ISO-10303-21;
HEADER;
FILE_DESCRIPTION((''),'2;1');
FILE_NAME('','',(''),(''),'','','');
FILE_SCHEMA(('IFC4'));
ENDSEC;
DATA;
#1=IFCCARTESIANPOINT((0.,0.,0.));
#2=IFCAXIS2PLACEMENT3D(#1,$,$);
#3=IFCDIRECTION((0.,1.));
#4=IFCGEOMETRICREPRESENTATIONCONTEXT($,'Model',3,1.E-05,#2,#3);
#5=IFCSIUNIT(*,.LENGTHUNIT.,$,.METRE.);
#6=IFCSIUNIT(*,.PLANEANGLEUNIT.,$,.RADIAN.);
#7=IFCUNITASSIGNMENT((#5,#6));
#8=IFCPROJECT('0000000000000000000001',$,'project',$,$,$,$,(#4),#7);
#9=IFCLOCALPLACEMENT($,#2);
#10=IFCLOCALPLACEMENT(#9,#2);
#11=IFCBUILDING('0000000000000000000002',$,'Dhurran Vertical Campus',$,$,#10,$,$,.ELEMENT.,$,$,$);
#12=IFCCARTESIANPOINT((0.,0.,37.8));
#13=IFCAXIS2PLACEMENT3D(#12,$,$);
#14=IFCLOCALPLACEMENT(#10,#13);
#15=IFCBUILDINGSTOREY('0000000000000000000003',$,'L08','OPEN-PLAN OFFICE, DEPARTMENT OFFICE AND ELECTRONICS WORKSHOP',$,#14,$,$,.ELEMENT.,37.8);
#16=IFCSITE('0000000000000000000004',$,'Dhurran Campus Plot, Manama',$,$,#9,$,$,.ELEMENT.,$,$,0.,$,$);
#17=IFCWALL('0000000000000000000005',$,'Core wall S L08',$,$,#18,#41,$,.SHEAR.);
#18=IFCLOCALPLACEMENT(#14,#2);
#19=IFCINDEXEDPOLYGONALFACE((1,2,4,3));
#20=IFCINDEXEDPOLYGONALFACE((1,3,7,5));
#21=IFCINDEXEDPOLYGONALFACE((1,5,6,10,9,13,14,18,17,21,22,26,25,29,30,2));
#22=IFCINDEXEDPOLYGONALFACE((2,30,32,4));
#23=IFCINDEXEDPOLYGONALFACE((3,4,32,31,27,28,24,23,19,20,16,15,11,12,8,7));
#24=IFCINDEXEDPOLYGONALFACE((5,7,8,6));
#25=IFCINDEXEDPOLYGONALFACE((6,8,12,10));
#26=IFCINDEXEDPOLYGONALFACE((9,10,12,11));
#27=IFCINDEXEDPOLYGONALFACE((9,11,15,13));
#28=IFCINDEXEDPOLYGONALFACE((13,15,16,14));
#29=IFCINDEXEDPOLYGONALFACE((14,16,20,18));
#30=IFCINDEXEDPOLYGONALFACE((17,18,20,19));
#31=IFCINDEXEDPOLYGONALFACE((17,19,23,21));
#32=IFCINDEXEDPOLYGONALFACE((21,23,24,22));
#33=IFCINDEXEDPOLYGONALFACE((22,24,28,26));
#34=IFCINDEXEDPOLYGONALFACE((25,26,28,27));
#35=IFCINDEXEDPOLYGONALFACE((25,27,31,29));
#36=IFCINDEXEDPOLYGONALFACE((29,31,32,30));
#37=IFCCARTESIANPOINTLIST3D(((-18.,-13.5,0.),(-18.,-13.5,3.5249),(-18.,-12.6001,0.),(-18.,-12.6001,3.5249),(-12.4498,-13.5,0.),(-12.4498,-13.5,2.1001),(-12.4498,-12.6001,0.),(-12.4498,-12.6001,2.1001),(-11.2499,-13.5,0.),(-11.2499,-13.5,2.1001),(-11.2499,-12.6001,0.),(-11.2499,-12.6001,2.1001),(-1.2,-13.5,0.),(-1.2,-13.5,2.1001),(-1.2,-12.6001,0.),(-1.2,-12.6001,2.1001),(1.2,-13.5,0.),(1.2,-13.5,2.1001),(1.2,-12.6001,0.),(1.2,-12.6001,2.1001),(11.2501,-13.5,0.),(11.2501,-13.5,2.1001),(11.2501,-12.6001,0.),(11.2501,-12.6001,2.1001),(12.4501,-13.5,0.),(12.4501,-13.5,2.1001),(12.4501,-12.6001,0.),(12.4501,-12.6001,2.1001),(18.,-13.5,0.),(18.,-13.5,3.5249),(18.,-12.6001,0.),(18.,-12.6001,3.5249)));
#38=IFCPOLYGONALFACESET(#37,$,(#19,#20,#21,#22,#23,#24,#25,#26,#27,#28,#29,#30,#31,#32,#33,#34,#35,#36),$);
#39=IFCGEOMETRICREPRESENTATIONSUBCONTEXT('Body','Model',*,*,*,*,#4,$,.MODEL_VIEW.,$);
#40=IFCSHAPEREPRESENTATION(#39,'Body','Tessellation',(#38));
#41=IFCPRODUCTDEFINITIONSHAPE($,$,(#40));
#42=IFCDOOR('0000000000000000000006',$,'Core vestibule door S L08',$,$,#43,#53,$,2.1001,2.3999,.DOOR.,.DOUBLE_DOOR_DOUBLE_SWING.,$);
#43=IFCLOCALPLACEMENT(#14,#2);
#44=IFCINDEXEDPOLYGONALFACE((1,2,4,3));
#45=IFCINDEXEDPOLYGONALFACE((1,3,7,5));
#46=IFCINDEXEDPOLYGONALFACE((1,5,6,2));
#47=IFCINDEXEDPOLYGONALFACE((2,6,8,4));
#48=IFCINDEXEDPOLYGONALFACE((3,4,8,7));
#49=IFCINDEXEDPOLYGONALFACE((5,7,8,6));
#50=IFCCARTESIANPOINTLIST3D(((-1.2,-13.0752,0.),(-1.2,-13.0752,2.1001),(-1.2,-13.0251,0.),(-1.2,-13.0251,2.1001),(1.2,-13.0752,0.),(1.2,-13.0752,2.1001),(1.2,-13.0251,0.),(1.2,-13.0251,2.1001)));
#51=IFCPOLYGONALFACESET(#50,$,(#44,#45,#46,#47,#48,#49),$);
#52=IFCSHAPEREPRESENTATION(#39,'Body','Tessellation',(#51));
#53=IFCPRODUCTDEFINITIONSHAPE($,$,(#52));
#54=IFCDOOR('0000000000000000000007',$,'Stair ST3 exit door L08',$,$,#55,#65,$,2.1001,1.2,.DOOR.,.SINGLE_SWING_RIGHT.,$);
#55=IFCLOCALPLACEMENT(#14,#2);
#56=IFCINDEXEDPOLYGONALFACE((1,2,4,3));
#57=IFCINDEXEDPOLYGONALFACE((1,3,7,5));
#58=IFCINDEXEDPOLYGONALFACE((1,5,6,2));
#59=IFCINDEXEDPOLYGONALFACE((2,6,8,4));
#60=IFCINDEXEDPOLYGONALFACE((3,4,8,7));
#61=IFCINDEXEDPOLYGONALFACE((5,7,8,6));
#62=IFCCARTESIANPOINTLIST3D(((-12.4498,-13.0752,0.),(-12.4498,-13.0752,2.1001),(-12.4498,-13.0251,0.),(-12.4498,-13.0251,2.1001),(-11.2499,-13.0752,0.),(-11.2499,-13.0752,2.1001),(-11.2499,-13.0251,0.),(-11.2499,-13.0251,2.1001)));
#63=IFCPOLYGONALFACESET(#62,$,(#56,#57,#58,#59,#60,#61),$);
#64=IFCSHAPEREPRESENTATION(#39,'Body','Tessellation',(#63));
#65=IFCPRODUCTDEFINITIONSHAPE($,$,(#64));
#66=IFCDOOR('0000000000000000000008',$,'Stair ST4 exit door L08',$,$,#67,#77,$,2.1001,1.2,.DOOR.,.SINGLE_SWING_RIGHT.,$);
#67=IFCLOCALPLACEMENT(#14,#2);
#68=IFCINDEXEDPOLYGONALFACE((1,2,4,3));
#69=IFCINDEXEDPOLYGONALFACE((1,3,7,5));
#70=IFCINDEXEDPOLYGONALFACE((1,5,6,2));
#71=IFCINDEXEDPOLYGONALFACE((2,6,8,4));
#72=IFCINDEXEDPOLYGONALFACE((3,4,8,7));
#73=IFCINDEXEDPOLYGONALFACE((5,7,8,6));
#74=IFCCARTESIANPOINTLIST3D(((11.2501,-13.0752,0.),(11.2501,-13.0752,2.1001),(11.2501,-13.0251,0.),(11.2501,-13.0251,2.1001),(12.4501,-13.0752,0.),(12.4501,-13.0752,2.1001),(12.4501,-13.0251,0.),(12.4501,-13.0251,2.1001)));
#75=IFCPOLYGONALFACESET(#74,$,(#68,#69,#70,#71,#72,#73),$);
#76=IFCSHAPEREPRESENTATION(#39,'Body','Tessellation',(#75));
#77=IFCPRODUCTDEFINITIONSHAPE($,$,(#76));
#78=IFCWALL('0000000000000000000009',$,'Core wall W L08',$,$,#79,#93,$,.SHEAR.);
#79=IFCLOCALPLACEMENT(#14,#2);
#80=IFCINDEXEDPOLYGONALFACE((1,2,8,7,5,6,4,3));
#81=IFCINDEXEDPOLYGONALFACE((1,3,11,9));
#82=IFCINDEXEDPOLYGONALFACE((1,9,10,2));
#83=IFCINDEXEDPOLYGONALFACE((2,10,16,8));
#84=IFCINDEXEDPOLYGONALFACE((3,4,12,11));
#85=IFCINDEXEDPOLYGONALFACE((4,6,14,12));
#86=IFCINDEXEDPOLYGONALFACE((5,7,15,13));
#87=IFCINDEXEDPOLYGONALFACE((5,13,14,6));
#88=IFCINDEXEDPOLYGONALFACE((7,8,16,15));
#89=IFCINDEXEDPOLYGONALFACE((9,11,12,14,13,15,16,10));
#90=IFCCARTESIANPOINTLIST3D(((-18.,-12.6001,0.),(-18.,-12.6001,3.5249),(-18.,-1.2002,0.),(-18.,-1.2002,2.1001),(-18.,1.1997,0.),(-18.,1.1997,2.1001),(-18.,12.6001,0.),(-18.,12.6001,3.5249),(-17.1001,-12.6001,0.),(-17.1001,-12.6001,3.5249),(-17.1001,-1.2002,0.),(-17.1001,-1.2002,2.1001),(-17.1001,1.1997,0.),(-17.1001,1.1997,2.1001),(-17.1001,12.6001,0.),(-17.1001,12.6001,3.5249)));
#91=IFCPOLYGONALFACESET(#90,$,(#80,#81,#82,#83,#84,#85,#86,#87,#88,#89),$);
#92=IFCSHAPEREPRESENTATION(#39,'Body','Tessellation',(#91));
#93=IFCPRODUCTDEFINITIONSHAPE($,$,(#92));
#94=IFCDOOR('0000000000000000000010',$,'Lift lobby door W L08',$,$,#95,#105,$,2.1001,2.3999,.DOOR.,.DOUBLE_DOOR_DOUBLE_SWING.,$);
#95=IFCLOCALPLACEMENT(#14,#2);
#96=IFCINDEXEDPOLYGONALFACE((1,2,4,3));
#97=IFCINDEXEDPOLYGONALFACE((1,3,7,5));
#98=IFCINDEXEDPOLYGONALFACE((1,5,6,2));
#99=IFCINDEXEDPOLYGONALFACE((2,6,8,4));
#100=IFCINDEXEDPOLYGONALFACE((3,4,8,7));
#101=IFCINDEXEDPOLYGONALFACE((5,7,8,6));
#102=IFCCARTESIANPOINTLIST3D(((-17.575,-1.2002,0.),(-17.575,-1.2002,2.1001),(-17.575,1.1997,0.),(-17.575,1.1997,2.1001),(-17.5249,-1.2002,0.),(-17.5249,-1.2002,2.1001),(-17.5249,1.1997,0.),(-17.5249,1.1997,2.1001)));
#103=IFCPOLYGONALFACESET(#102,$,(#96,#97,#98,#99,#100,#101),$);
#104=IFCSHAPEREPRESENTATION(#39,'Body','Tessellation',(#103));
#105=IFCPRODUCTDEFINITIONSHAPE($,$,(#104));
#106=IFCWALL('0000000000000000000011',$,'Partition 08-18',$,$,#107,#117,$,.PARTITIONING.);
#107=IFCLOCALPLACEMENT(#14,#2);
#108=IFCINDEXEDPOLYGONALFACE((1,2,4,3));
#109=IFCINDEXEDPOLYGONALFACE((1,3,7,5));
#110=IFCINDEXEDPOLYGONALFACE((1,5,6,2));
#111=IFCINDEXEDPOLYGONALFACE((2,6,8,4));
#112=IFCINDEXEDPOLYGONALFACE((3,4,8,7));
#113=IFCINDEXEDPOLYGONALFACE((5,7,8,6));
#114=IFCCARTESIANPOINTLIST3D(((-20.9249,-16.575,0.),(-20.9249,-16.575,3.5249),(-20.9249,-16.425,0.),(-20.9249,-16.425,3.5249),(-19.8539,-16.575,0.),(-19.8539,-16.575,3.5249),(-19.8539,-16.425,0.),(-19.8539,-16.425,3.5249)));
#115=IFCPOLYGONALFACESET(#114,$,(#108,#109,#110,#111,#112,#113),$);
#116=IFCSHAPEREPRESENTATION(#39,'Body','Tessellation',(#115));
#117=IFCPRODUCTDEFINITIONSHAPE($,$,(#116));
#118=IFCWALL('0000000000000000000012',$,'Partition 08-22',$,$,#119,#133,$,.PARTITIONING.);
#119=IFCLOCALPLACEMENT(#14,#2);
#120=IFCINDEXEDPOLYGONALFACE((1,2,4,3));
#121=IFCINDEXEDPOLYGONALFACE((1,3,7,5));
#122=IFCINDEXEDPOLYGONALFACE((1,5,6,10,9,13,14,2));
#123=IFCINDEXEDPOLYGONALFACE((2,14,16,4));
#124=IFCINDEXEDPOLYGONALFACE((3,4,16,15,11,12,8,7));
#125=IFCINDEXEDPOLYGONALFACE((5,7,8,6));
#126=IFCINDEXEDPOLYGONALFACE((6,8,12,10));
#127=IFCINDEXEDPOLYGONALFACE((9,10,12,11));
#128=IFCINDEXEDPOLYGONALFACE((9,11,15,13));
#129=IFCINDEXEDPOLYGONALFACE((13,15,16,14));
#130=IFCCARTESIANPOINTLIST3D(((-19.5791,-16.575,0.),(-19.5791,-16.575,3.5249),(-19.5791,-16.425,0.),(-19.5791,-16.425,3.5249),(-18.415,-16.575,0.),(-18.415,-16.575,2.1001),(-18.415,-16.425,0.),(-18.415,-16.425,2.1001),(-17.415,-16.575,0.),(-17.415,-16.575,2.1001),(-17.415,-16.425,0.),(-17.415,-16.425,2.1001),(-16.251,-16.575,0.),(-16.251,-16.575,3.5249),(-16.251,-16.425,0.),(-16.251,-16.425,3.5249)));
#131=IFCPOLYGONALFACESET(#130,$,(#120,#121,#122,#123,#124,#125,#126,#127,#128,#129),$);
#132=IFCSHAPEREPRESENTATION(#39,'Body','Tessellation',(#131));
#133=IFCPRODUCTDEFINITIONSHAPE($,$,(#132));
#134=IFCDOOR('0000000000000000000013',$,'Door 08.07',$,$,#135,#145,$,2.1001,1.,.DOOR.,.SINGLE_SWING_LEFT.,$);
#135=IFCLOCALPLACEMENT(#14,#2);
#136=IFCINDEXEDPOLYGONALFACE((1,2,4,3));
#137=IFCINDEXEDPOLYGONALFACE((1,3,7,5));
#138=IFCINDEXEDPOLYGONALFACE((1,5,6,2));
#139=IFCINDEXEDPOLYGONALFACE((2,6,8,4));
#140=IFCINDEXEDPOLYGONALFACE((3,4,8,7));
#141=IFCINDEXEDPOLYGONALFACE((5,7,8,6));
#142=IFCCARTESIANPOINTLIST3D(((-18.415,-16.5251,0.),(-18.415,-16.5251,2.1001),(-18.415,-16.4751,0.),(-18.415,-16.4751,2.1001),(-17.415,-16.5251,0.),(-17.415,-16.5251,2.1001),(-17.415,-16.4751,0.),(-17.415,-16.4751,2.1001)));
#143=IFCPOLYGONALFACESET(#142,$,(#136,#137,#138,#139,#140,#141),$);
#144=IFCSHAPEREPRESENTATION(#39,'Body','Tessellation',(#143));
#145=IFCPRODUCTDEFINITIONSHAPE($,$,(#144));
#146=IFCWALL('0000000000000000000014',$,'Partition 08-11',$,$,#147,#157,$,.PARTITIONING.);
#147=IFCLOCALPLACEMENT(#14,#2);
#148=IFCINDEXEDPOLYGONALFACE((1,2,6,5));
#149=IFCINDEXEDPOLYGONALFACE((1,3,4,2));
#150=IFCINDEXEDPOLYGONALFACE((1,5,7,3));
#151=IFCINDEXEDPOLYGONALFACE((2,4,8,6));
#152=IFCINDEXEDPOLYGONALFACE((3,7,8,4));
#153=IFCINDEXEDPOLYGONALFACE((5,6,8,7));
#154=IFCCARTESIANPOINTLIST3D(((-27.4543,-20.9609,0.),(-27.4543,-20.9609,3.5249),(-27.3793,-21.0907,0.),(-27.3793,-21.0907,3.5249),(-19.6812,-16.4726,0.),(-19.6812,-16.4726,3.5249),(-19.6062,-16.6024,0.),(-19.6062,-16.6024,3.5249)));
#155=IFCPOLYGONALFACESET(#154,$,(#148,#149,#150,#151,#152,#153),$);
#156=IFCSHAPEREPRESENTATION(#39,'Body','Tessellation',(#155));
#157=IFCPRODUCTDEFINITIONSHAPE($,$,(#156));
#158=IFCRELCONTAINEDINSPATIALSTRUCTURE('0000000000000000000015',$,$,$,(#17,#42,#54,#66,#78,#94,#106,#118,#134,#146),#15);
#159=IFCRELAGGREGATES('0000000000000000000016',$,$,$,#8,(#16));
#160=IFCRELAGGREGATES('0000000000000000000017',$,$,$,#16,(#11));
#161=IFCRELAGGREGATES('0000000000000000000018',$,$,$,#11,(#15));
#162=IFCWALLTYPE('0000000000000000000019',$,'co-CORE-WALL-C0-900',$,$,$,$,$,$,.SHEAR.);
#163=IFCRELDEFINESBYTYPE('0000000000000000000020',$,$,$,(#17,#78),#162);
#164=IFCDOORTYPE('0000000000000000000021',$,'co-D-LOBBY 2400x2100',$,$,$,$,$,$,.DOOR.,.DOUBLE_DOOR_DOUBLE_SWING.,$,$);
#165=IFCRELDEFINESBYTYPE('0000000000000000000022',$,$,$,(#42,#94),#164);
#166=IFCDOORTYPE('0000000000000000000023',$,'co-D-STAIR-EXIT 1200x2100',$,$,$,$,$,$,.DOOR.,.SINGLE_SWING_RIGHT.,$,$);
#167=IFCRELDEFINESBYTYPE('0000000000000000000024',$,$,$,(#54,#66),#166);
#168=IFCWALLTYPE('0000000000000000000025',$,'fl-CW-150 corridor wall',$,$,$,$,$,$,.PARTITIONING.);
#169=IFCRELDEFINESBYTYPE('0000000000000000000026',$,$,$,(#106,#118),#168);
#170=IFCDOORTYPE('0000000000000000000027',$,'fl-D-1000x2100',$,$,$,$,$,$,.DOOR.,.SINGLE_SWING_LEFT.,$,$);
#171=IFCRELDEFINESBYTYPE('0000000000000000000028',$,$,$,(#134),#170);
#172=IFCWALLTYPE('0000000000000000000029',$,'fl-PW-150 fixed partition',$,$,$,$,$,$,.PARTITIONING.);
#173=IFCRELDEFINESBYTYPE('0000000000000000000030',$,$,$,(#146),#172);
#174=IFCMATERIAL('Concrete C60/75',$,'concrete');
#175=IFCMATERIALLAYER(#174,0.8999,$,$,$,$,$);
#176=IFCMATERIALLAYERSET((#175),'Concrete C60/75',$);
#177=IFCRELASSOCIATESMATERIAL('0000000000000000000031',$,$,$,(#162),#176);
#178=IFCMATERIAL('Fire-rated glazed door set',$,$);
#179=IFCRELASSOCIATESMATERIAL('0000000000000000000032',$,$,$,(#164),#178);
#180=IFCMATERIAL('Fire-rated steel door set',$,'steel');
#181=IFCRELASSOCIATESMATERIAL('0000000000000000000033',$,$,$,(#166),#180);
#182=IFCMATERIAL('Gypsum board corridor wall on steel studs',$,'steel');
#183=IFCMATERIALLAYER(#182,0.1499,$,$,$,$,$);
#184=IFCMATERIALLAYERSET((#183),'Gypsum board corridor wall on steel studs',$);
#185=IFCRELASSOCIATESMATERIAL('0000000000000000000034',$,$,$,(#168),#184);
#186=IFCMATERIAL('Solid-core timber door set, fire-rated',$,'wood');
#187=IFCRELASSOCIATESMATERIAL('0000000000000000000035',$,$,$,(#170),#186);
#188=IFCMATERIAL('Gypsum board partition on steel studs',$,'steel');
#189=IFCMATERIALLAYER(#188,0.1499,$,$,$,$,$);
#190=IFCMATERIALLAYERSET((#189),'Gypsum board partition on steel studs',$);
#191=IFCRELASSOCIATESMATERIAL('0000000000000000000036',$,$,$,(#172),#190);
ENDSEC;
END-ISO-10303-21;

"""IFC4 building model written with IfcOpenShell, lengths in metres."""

from ifc_helpers import new_model, si_unit, direction, frame, frame_2d, origin, place, context, subcontext, project, spatial, rectangle, extrude, material, layer, layer_set, type_object, element, fill, save


model = new_model("IFC4")

# Units and contexts
model_context = context("Model", 3, precision=1e-05, world=origin(), true_north=direction((0.0, 1.0)))
body_context = subcontext(model_context, "Body", "Model", "MODEL_VIEW")
ifc_project = project(units=[si_unit("LENGTHUNIT", "METRE"), si_unit("PLANEANGLEUNIT", "RADIAN")], contexts=[model_context])

# Site, building, storey
site_placement = place(None, origin())
site = spatial("IfcSite", under=ifc_project, at=site_placement, Name="Dhurran Campus Plot, Manama", CompositionType="ELEMENT", RefElevation=0.0)
building_placement = place(site_placement, origin())
building = spatial("IfcBuilding", under=site, at=building_placement, Name="Dhurran Vertical Campus", CompositionType="ELEMENT")
storey_placement = place(building_placement, frame((0.0, 0.0, 37.8)))
storey = spatial("IfcBuildingStorey", under=building, at=storey_placement, Name="L08", Description="OPEN-PLAN OFFICE, DEPARTMENT OFFICE AND ELECTRONICS WORKSHOP", CompositionType="ELEMENT", Elevation=37.8)

# Wall, openings, doors
ifc_material_1 = material(Name="Concrete C60/75", Category="concrete")
ifc_layer_1 = layer(ifc_material_1, 0.8999)
ifc_layer_set_1 = layer_set([ifc_layer_1], Name="Concrete C60/75")
wall_type_1 = type_object("IfcWallType", Name="co-CORE-WALL-C0-900", PredefinedType="SHEAR", material=ifc_layer_set_1)
wall_1_placement = place(storey_placement, frame((-18.0, -13.05, 0.0), z_axis=(0.0, 0.0, 1.0), x_axis=(1.0, 0.0, 0.0)))
wall_1 = element("IfcWall", 1, at=wall_1_placement, inside=storey, type_object=wall_type_1, Name="Core wall S L08", PredefinedType="SHEAR", context=body_context, shape_type="SweptSolid", body=[
    extrude(rectangle(XDim=36.0, YDim=0.8999, at=frame_2d((18.0, 0.0))), origin(), (0.0, 0.0, 1.0), 3.5249),
])
opening_1_placement = place(wall_1_placement, frame((16.8, 0.0, 0.0)))
opening_1 = element("IfcOpeningElement", 2, at=opening_1_placement, cuts=wall_1, PredefinedType="OPENING", context=body_context, shape_type="SweptSolid", body=[
    extrude(rectangle(XDim=2.3999, YDim=2.1001, at=frame_2d((1.2, 1.05))), frame((0.0, 0.46, 0.0), z_axis=(0.0, -1.0, 0.0), x_axis=(1.0, 0.0, 0.0)), (0.0, 0.0, 1.0), 0.9199),
])
opening_2_placement = place(wall_1_placement, frame((5.55, 0.0, 0.0)))
opening_2 = element("IfcOpeningElement", 3, at=opening_2_placement, cuts=wall_1, PredefinedType="OPENING", context=body_context, shape_type="SweptSolid", body=[
    extrude(rectangle(XDim=1.2, YDim=2.1001, at=frame_2d((0.6001, 1.05))), frame((0.0, 0.46, 0.0), z_axis=(0.0, -1.0, 0.0), x_axis=(1.0, 0.0, 0.0)), (0.0, 0.0, 1.0), 0.9199),
])
opening_3_placement = place(wall_1_placement, frame((29.25, 0.0, 0.0)))
opening_3 = element("IfcOpeningElement", 4, at=opening_3_placement, cuts=wall_1, PredefinedType="OPENING", context=body_context, shape_type="SweptSolid", body=[
    extrude(rectangle(XDim=1.2, YDim=2.1001, at=frame_2d((0.6001, 1.05))), frame((0.0, 0.46, 0.0), z_axis=(0.0, -1.0, 0.0), x_axis=(1.0, 0.0, 0.0)), (0.0, 0.0, 1.0), 0.9199),
])
ifc_material_2 = material(Name="Fire-rated glazed door set")
door_type_1 = type_object("IfcDoorType", Name="co-D-LOBBY 2400x2100", OperationType="DOUBLE_DOOR_DOUBLE_SWING", PredefinedType="DOOR", material=ifc_material_2)
door_1_placement = place(opening_1_placement, origin())
door_1 = element("IfcDoor", 5, at=door_1_placement, inside=storey, type_object=door_type_1, Name="Core vestibule door S L08", OperationType="DOUBLE_DOOR_DOUBLE_SWING", OverallHeight=2.1001, OverallWidth=2.3999, PredefinedType="DOOR", context=body_context, shape_type="SweptSolid", body=[
    extrude(rectangle(XDim=2.3999, YDim=2.1001, at=frame_2d((1.2, 1.05))), frame((0.0, 0.0249, 0.0), z_axis=(0.0, -1.0, 0.0), x_axis=(1.0, 0.0, 0.0)), (0.0, 0.0, 1.0), 0.05),
])
fill(opening_1, door_1)
ifc_material_3 = material(Name="Fire-rated steel door set", Category="steel")
door_type_2 = type_object("IfcDoorType", Name="co-D-STAIR-EXIT 1200x2100", OperationType="SINGLE_SWING_RIGHT", PredefinedType="DOOR", material=ifc_material_3)
door_2_placement = place(opening_2_placement, origin())
door_2 = element("IfcDoor", 6, at=door_2_placement, inside=storey, type_object=door_type_2, Name="Stair ST3 exit door L08", OperationType="SINGLE_SWING_RIGHT", OverallHeight=2.1001, OverallWidth=1.2, PredefinedType="DOOR", context=body_context, shape_type="SweptSolid", body=[
    extrude(rectangle(XDim=1.2, YDim=2.1001, at=frame_2d((0.6001, 1.05))), frame((0.0, 0.0249, 0.0), z_axis=(0.0, -1.0, 0.0), x_axis=(1.0, 0.0, 0.0)), (0.0, 0.0, 1.0), 0.05),
])
fill(opening_2, door_2)
door_3_placement = place(opening_3_placement, origin())
door_3 = element("IfcDoor", 7, at=door_3_placement, inside=storey, type_object=door_type_2, Name="Stair ST4 exit door L08", OperationType="SINGLE_SWING_RIGHT", OverallHeight=2.1001, OverallWidth=1.2, PredefinedType="DOOR", context=body_context, shape_type="SweptSolid", body=[
    extrude(rectangle(XDim=1.2, YDim=2.1001, at=frame_2d((0.6001, 1.05))), frame((0.0, 0.0249, 0.0), z_axis=(0.0, -1.0, 0.0), x_axis=(1.0, 0.0, 0.0)), (0.0, 0.0, 1.0), 0.05),
])
fill(opening_3, door_3)

# Wall, opening, door
wall_2_placement = place(storey_placement, frame((-17.55, -12.6001, 0.0), z_axis=(0.0, 0.0, 1.0), x_axis=(0.0, 1.0, 0.0)))
wall_2 = element("IfcWall", 8, at=wall_2_placement, inside=storey, type_object=wall_type_1, Name="Core wall W L08", PredefinedType="SHEAR", context=body_context, shape_type="SweptSolid", body=[
    extrude(rectangle(XDim=25.2002, YDim=0.8999, at=frame_2d((12.6001, 0.0))), origin(), (0.0, 0.0, 1.0), 3.5249),
])
opening_4_placement = place(wall_2_placement, frame((11.3999, 0.0, 0.0)))
opening_4 = element("IfcOpeningElement", 9, at=opening_4_placement, cuts=wall_2, PredefinedType="OPENING", context=body_context, shape_type="SweptSolid", body=[
    extrude(rectangle(XDim=2.3999, YDim=2.1001, at=frame_2d((1.2, 1.05))), frame((0.0, 0.46, 0.0), z_axis=(0.0, -1.0, 0.0), x_axis=(1.0, 0.0, 0.0)), (0.0, 0.0, 1.0), 0.9199),
])
door_4_placement = place(opening_4_placement, origin())
door_4 = element("IfcDoor", 10, at=door_4_placement, inside=storey, type_object=door_type_1, Name="Lift lobby door W L08", OperationType="DOUBLE_DOOR_DOUBLE_SWING", OverallHeight=2.1001, OverallWidth=2.3999, PredefinedType="DOOR", context=body_context, shape_type="SweptSolid", body=[
    extrude(rectangle(XDim=2.3999, YDim=2.1001, at=frame_2d((1.2, 1.05))), frame((0.0, 0.0249, 0.0), z_axis=(0.0, -1.0, 0.0), x_axis=(1.0, 0.0, 0.0)), (0.0, 0.0, 1.0), 0.05),
])
fill(opening_4, door_4)

# Wall
ifc_material_4 = material(Name="Gypsum board corridor wall on steel studs", Category="steel")
ifc_layer_2 = layer(ifc_material_4, 0.1499)
ifc_layer_set_2 = layer_set([ifc_layer_2], Name="Gypsum board corridor wall on steel studs")
wall_type_2 = type_object("IfcWallType", Name="fl-CW-150 corridor wall", PredefinedType="PARTITIONING", material=ifc_layer_set_2)
wall_3_placement = place(storey_placement, frame((-20.925, -16.5, 0.0), z_axis=(0.0, 0.0, 1.0), x_axis=(1.0, 0.0, 0.0)))
element("IfcWall", 11, at=wall_3_placement, inside=storey, type_object=wall_type_2, Name="Partition 08-18", PredefinedType="PARTITIONING", context=body_context, shape_type="SweptSolid", body=[
    extrude(rectangle(XDim=1.071, YDim=0.1499, at=frame_2d((0.5356, 0.0))), origin(), (0.0, 0.0, 1.0), 3.5249),
])

# Wall, opening, door
wall_4_placement = place(storey_placement, frame((-19.5791, -16.5, 0.0), z_axis=(0.0, 0.0, 1.0), x_axis=(1.0, 0.0, 0.0)))
wall_4 = element("IfcWall", 12, at=wall_4_placement, inside=storey, type_object=wall_type_2, Name="Partition 08-22", PredefinedType="PARTITIONING", context=body_context, shape_type="SweptSolid", body=[
    extrude(rectangle(XDim=3.3281, YDim=0.1499, at=frame_2d((1.6641, 0.0))), origin(), (0.0, 0.0, 1.0), 3.5249),
])
opening_5_placement = place(wall_4_placement, frame((1.1641, 0.0, 0.0)))
opening_5 = element("IfcOpeningElement", 13, at=opening_5_placement, cuts=wall_4, PredefinedType="OPENING", context=body_context, shape_type="SweptSolid", body=[
    extrude(rectangle(XDim=1.0, YDim=2.1001, at=frame_2d((0.5, 1.05))), frame((0.0, 0.085, 0.0), z_axis=(0.0, -1.0, 0.0), x_axis=(1.0, 0.0, 0.0)), (0.0, 0.0, 1.0), 0.1699),
])
ifc_material_5 = material(Name="Solid-core timber door set, fire-rated", Category="wood")
door_type_3 = type_object("IfcDoorType", Name="fl-D-1000x2100", OperationType="SINGLE_SWING_LEFT", PredefinedType="DOOR", material=ifc_material_5)
door_5_placement = place(opening_5_placement, origin())
door_5 = element("IfcDoor", 14, at=door_5_placement, inside=storey, type_object=door_type_3, Name="Door 08.07", OperationType="SINGLE_SWING_LEFT", OverallHeight=2.1001, OverallWidth=1.0, PredefinedType="DOOR", context=body_context, shape_type="SweptSolid", body=[
    extrude(rectangle(XDim=1.0, YDim=2.1001, at=frame_2d((0.5, 1.05))), frame((0.0, 0.0249, 0.0), z_axis=(0.0, -1.0, 0.0), x_axis=(1.0, 0.0, 0.0)), (0.0, 0.0, 1.0), 0.05),
])
fill(opening_5, door_5)

# Wall
ifc_material_6 = material(Name="Gypsum board partition on steel studs", Category="steel")
ifc_layer_3 = layer(ifc_material_6, 0.1499)
ifc_layer_set_3 = layer_set([ifc_layer_3], Name="Gypsum board partition on steel studs")
wall_type_3 = type_object("IfcWallType", Name="fl-PW-150 fixed partition", PredefinedType="PARTITIONING", material=ifc_layer_set_3)
wall_5_placement = place(storey_placement, frame((-19.6438, -16.5376, 0.0), z_axis=(0.0, 0.0, 1.0), x_axis=(-0.866005, -0.500036, 0.0)))
element("IfcWall", 15, at=wall_5_placement, inside=storey, type_object=wall_type_3, Name="Partition 08-11", PredefinedType="PARTITIONING", context=body_context, shape_type="SweptSolid", body=[
    extrude(rectangle(XDim=8.9758, YDim=0.1499, at=frame_2d((4.4878, 0.0))), origin(), (0.0, 0.0, 1.0), 3.5249),
])

save(model, "model.ifc")
